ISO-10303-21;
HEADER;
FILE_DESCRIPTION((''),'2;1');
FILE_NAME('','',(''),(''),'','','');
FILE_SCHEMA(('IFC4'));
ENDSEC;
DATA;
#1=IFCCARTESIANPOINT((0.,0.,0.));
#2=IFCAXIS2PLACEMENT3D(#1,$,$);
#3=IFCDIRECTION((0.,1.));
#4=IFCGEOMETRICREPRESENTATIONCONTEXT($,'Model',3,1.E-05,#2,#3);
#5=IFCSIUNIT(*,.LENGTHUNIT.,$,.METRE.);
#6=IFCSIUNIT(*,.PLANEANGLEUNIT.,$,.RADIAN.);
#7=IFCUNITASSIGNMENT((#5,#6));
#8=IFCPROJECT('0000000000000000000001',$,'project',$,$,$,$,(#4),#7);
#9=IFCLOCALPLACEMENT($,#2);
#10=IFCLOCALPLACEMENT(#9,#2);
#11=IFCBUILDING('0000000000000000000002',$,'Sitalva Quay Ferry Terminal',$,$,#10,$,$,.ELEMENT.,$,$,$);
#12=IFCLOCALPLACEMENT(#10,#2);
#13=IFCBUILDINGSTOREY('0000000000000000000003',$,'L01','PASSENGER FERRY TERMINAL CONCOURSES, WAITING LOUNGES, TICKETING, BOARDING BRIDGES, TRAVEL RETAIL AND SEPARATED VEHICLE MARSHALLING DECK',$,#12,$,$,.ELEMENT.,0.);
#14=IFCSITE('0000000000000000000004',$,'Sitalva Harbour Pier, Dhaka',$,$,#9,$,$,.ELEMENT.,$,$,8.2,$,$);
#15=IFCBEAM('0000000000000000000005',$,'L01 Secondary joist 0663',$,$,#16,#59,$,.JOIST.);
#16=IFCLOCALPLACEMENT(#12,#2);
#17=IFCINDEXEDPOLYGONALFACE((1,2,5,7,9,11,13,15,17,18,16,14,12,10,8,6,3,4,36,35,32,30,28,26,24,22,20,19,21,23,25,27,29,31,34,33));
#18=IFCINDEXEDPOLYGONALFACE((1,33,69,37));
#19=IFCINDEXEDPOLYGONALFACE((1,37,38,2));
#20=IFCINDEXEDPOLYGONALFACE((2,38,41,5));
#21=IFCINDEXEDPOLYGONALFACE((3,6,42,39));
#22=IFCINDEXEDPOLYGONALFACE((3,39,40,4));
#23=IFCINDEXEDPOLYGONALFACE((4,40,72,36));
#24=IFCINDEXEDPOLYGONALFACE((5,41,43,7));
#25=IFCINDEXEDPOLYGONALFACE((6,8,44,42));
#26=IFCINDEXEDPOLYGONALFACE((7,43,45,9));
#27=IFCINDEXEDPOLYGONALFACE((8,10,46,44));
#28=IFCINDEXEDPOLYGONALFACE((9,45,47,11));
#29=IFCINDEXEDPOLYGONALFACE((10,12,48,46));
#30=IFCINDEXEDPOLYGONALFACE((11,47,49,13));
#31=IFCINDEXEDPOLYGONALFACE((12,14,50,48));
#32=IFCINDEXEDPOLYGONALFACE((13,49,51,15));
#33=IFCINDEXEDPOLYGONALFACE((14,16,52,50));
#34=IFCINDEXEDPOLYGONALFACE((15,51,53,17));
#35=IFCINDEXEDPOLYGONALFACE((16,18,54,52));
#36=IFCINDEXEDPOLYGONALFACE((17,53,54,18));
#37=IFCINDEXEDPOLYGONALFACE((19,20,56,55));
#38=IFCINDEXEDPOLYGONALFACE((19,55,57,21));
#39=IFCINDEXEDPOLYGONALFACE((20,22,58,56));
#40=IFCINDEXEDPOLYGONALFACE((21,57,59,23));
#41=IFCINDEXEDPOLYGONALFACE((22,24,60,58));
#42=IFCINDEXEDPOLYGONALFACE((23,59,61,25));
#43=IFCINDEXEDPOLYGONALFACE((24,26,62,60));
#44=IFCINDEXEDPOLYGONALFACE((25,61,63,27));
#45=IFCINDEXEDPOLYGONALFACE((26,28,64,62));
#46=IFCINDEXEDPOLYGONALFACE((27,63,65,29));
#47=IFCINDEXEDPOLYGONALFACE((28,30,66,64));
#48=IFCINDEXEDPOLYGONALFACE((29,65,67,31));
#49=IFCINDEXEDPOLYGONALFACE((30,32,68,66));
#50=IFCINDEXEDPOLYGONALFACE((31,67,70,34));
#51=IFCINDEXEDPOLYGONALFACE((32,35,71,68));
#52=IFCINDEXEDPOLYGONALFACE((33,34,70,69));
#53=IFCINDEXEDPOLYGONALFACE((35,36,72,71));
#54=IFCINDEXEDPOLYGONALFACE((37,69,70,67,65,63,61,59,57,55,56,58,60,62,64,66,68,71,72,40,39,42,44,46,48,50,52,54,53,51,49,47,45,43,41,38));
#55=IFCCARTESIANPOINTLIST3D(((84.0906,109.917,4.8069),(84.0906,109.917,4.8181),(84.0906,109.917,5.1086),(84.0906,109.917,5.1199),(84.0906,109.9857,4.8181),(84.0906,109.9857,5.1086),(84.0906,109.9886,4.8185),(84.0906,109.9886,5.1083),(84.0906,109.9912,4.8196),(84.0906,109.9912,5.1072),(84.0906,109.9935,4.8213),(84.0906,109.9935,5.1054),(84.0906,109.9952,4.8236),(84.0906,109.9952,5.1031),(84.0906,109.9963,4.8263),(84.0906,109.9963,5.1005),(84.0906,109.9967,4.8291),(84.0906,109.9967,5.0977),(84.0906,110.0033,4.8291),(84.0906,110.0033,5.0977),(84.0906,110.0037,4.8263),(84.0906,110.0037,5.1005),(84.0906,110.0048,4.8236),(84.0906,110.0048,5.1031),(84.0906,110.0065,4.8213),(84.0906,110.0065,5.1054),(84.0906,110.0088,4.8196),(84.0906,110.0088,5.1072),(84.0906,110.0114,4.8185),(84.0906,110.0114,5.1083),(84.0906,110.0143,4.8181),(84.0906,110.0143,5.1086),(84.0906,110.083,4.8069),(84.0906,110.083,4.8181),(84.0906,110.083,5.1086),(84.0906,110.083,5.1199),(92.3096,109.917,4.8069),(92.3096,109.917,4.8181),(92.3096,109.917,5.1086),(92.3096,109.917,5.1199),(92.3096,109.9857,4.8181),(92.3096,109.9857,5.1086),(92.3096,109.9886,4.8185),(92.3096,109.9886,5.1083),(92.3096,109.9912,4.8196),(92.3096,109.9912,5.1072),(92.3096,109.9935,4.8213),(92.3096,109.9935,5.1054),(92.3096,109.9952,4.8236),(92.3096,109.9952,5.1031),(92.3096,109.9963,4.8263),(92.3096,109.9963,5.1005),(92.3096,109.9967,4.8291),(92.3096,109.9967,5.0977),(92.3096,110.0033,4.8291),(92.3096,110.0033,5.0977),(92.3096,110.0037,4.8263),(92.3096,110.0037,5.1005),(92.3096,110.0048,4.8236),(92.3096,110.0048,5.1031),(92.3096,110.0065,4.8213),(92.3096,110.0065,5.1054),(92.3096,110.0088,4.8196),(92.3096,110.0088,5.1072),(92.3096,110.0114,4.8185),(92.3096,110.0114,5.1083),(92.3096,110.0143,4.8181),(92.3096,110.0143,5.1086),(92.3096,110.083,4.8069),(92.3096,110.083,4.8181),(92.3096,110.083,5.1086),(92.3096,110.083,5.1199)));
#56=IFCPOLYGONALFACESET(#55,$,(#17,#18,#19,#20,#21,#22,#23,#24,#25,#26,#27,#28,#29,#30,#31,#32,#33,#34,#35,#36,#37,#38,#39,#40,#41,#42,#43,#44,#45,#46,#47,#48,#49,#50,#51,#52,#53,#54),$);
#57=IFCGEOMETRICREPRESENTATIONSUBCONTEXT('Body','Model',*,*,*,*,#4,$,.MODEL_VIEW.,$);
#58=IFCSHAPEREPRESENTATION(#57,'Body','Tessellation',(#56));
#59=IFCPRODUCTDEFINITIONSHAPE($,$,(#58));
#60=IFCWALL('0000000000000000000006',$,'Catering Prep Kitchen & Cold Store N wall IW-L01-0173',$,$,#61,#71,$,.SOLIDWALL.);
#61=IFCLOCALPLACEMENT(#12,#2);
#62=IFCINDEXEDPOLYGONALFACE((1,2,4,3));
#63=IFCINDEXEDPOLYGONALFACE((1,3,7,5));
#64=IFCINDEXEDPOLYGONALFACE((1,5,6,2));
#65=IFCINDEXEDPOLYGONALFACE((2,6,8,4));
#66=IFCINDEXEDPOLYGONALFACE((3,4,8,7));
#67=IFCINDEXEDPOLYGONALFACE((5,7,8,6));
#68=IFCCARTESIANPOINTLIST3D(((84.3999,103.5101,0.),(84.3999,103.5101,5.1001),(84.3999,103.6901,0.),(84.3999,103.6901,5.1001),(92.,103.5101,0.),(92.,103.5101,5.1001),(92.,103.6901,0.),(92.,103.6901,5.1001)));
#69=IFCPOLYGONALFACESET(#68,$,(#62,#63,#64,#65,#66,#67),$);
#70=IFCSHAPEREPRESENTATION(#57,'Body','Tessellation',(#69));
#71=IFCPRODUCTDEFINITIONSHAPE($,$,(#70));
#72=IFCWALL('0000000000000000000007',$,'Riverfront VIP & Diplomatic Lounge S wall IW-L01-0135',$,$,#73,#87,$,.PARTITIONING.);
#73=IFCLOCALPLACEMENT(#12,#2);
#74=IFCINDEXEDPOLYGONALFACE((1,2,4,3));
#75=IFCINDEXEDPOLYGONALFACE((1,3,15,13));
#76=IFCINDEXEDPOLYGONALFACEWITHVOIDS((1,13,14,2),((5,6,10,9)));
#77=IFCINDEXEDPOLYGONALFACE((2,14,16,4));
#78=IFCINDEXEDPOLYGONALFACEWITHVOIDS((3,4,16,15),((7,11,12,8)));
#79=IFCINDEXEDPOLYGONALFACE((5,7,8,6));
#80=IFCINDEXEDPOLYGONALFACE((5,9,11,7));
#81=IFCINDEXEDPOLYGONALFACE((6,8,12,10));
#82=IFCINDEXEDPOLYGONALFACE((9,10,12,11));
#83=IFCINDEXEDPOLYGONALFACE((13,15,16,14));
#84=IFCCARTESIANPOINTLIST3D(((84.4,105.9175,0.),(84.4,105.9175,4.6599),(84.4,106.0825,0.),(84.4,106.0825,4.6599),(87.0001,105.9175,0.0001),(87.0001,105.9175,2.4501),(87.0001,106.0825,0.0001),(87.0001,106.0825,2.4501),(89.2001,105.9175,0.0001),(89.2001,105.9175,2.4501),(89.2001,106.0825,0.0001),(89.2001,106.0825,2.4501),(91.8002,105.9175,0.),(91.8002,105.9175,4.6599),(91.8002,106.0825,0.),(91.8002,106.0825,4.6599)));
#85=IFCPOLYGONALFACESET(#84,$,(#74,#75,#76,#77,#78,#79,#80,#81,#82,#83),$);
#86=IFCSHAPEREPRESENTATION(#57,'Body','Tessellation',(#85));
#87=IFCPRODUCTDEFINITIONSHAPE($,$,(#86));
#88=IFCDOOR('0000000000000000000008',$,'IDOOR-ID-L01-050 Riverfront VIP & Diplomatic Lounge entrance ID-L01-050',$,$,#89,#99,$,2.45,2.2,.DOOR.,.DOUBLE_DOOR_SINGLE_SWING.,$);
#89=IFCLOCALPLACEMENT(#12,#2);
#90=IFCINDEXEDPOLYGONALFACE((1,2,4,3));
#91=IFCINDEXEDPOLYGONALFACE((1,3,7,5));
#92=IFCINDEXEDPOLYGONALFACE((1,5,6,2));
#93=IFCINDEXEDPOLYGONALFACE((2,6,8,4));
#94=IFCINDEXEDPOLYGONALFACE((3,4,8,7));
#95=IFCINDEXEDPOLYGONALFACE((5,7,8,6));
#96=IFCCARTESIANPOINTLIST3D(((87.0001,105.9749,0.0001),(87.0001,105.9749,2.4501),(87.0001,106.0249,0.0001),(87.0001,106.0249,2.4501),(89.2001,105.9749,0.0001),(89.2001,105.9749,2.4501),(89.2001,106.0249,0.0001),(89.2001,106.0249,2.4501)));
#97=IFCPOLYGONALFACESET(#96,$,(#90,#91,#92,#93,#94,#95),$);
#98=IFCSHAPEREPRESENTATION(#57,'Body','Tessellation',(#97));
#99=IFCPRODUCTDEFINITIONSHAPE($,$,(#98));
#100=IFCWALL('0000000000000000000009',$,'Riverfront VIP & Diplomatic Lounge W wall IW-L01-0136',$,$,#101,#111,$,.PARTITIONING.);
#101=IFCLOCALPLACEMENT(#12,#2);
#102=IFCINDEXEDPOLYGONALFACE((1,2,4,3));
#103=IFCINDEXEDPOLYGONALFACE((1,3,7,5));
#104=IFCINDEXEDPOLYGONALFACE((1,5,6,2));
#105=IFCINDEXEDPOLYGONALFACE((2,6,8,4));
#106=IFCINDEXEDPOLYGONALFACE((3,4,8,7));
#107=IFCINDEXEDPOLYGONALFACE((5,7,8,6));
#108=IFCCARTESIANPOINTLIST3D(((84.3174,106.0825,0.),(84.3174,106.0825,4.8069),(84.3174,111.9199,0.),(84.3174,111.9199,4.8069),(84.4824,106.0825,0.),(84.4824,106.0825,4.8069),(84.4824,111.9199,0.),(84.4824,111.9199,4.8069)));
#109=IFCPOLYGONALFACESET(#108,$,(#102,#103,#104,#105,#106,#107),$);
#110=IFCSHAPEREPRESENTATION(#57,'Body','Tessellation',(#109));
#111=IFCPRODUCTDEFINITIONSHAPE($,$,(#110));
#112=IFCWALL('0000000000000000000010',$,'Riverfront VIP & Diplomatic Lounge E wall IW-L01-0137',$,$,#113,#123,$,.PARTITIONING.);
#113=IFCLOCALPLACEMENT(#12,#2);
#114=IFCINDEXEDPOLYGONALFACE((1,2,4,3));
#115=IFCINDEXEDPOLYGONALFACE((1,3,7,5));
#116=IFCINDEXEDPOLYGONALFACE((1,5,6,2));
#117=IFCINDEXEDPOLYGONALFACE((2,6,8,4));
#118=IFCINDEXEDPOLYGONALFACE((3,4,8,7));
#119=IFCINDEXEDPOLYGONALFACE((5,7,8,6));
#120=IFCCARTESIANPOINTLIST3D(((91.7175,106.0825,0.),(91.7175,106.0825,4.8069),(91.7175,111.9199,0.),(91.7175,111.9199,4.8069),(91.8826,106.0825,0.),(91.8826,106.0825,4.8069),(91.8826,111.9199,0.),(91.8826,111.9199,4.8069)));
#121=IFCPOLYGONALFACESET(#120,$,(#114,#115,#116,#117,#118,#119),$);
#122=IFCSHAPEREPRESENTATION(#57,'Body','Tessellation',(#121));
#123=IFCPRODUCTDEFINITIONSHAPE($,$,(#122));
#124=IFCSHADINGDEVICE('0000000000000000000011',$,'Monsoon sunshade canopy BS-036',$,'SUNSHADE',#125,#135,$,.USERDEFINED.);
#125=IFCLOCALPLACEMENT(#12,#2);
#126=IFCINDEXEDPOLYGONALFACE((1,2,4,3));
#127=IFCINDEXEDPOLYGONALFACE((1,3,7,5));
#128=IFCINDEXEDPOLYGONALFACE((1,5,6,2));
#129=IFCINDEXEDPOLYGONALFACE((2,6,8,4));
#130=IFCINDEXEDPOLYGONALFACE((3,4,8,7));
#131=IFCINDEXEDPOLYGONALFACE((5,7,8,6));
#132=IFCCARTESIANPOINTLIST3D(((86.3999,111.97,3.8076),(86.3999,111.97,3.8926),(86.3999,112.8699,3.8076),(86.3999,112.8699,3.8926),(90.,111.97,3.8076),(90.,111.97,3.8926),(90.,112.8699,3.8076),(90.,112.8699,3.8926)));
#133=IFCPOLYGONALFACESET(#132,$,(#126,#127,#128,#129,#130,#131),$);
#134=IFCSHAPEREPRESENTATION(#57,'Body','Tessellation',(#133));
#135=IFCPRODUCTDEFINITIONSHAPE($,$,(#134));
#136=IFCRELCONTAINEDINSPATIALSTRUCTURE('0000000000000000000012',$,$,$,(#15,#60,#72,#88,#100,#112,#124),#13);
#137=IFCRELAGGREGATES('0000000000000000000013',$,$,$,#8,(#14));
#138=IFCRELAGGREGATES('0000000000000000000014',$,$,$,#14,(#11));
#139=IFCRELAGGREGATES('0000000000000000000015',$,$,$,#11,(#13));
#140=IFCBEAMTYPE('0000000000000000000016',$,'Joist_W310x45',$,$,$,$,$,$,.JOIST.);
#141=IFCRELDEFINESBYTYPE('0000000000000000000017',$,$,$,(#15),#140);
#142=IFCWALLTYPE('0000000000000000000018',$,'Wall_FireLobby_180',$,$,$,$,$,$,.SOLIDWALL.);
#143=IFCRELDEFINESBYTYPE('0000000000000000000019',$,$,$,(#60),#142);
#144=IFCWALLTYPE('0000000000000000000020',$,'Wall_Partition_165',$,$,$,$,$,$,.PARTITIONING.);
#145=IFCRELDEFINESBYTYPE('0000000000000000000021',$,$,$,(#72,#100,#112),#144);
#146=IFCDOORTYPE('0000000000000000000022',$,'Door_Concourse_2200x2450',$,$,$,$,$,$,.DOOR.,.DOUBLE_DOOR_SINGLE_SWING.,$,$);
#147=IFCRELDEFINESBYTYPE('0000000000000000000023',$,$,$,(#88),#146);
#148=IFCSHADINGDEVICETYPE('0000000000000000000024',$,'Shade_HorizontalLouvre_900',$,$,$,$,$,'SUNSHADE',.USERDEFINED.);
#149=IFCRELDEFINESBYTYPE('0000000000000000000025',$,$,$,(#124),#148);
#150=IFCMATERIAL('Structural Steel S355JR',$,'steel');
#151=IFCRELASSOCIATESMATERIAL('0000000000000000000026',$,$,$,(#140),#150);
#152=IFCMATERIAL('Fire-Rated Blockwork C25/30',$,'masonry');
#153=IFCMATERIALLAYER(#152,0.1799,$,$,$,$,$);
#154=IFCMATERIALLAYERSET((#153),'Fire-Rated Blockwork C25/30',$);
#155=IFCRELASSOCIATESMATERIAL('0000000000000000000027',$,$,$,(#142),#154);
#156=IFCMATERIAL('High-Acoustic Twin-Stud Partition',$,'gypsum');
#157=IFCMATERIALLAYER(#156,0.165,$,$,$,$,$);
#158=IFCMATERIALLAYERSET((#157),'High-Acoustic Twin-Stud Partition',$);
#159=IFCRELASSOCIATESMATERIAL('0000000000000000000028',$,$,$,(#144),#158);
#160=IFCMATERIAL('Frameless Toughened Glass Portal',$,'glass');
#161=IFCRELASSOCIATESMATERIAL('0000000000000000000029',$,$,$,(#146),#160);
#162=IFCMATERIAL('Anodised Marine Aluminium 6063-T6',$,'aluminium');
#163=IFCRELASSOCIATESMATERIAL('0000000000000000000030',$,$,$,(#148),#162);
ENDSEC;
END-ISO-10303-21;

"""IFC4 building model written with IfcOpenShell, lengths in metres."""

from ifc_helpers import new_model, si_unit, direction, frame, frame_2d, origin, origin_2d, place, context, subcontext, project, spatial, rectangle, i_section, extrude, material, layer, layer_set, material_profile, profile_set, type_object, element, fill, save


model = new_model("IFC4")

# Units and contexts
model_context = context("Model", 3, precision=1e-05, world=origin(), true_north=direction((0.0, 1.0)))
body_context = subcontext(model_context, "Body", "Model", "MODEL_VIEW")
ifc_project = project(units=[si_unit("LENGTHUNIT", "METRE"), si_unit("PLANEANGLEUNIT", "RADIAN")], contexts=[model_context])

# Site, building, storey
site_placement = place(None, origin())
site = spatial("IfcSite", under=ifc_project, at=site_placement, Name="Sitalva Harbour Pier, Dhaka", CompositionType="ELEMENT", RefElevation=8.2)
building_placement = place(site_placement, origin())
building = spatial("IfcBuilding", under=site, at=building_placement, Name="Sitalva Quay Ferry Terminal", CompositionType="ELEMENT")
storey_placement = place(building_placement, origin())
storey = spatial("IfcBuildingStorey", under=building, at=storey_placement, Name="L01", Description="PASSENGER FERRY TERMINAL CONCOURSES, WAITING LOUNGES, TICKETING, BOARDING BRIDGES, TRAVEL RETAIL AND SEPARATED VEHICLE MARSHALLING DECK", CompositionType="ELEMENT", Elevation=0.0)

# Beam
ifc_material_1 = material(Name="Structural Steel S355JR", Category="steel")
ifc_material_profile_1 = material_profile(ifc_material_1, i_section(OverallWidth=0.166, OverallDepth=0.313, WebThickness=0.0066, FlangeThickness=0.0112, FilletRadius=0.011, at=origin_2d()), Name="W310x45")
ifc_profile_set_1 = profile_set([ifc_material_profile_1], Name="Structural Steel S355JR")
beam_type_1 = type_object("IfcBeamType", Name="Joist_W310x45", PredefinedType="JOIST", material=ifc_profile_set_1)
for number, where, z_axis, x_axis, name in (
    (1, (84.0906, 110.0, 4.9634), (1.0, 0.0, 0.0), (0.0, 1.0, 0.0), "L01 Secondary joist 0663"),
):
    element("IfcBeam", number, at=place(storey_placement, frame(where, z_axis=z_axis, x_axis=x_axis)), inside=storey, type_object=beam_type_1, Name=name, PredefinedType="JOIST", context=body_context, shape_type="SweptSolid", body=[
        extrude(i_section(OverallWidth=0.166, OverallDepth=0.313, WebThickness=0.0066, FlangeThickness=0.0112, FilletRadius=0.011, at=origin_2d()), origin(), (0.0, 0.0, 1.0), 8.219),
    ])

# Wall
ifc_material_2 = material(Name="Fire-Rated Blockwork C25/30", Category="masonry")
ifc_layer_1 = layer(ifc_material_2, 0.1799)
ifc_layer_set_1 = layer_set([ifc_layer_1], Name="Fire-Rated Blockwork C25/30")
wall_type_1 = type_object("IfcWallType", Name="Wall_FireLobby_180", PredefinedType="SOLIDWALL", material=ifc_layer_set_1)
wall_1_placement = place(storey_placement, frame((84.3999, 103.6001, 0.0), z_axis=(0.0, 0.0, 1.0), x_axis=(1.0, 0.0, 0.0)))
element("IfcWall", 2, at=wall_1_placement, inside=storey, type_object=wall_type_1, Name="Catering Prep Kitchen & Cold Store N wall IW-L01-0173", PredefinedType="SOLIDWALL", context=body_context, shape_type="SweptSolid", body=[
    extrude(rectangle(XDim=7.6001, YDim=0.1799, at=frame_2d((3.8, 0.0))), origin(), (0.0, 0.0, 1.0), 5.1001),
])

# Wall, opening, door
ifc_material_3 = material(Name="High-Acoustic Twin-Stud Partition", Category="gypsum")
ifc_layer_2 = layer(ifc_material_3, 0.165)
ifc_layer_set_2 = layer_set([ifc_layer_2], Name="High-Acoustic Twin-Stud Partition")
wall_type_2 = type_object("IfcWallType", Name="Wall_Partition_165", PredefinedType="PARTITIONING", material=ifc_layer_set_2)
wall_2_placement = place(storey_placement, frame((84.3999, 106.0, 0.0), z_axis=(0.0, 0.0, 1.0), x_axis=(1.0, 0.0, 0.0)))
wall_2 = element("IfcWall", 3, at=wall_2_placement, inside=storey, type_object=wall_type_2, Name="Riverfront VIP & Diplomatic Lounge S wall IW-L01-0135", PredefinedType="PARTITIONING", context=body_context, shape_type="SweptSolid", body=[
    extrude(rectangle(XDim=7.4001, YDim=0.165, at=frame_2d((3.7002, 0.0))), origin(), (0.0, 0.0, 1.0), 4.6599),
])
opening_1_placement = place(wall_2_placement, frame((2.6001, 0.0, 0.0)))
opening_1 = element("IfcOpeningElement", 4, at=opening_1_placement, cuts=wall_2, PredefinedType="OPENING", context=body_context, shape_type="SweptSolid", body=[
    extrude(rectangle(XDim=2.2, YDim=2.45, at=frame_2d((1.1001, 1.2251))), frame((0.0, 0.0925, 0.0), z_axis=(0.0, -1.0, 0.0), x_axis=(1.0, 0.0, 0.0)), (0.0, 0.0, 1.0), 0.1851),
])
ifc_material_4 = material(Name="Frameless Toughened Glass Portal", Category="glass")
door_type_1 = type_object("IfcDoorType", Name="Door_Concourse_2200x2450", OperationType="DOUBLE_DOOR_SINGLE_SWING", PredefinedType="DOOR", material=ifc_material_4)
door_1_placement = place(opening_1_placement, origin())
door_1 = element("IfcDoor", 5, at=door_1_placement, inside=storey, type_object=door_type_1, Name="IDOOR-ID-L01-050 Riverfront VIP & Diplomatic Lounge entrance ID-L01-050", OperationType="DOUBLE_DOOR_SINGLE_SWING", OverallHeight=2.45, OverallWidth=2.2, PredefinedType="DOOR", context=body_context, shape_type="SweptSolid", body=[
    extrude(rectangle(XDim=2.2, YDim=2.45, at=frame_2d((1.1001, 1.2251))), frame((0.0, 0.0249, 0.0), z_axis=(0.0, -1.0, 0.0), x_axis=(1.0, 0.0, 0.0)), (0.0, 0.0, 1.0), 0.05),
])
fill(opening_1, door_1)

# Walls
for number, where, z_axis, x_axis, name in (
    (6, (84.3999, 106.0825, 0.0), (0.0, 0.0, 1.0), (0.0, 1.0, 0.0), "Riverfront VIP & Diplomatic Lounge W wall IW-L01-0136"),
    (7, (91.8, 106.0825, 0.0), (0.0, 0.0, 1.0), (0.0, 1.0, 0.0), "Riverfront VIP & Diplomatic Lounge E wall IW-L01-0137"),
):
    element("IfcWall", number, at=place(storey_placement, frame(where, z_axis=z_axis, x_axis=x_axis)), inside=storey, type_object=wall_type_2, Name=name, PredefinedType="PARTITIONING", context=body_context, shape_type="SweptSolid", body=[
        extrude(rectangle(XDim=5.8374, YDim=0.165, at=frame_2d((2.9187, 0.0))), origin(), (0.0, 0.0, 1.0), 4.8069),
    ])

# Shading device
ifc_material_5 = material(Name="Anodised Marine Aluminium 6063-T6", Category="aluminium")
shading_device_type = type_object("IfcShadingDeviceType", Name="Shade_HorizontalLouvre_900", ElementType="SUNSHADE", PredefinedType="USERDEFINED", material=ifc_material_5)
shading_device_placement = place(storey_placement, frame((88.2, 112.4199, 3.8076), z_axis=(0.0, 0.0, 1.0), x_axis=(1.0, 0.0, 0.0)))
element("IfcShadingDevice", 8, at=shading_device_placement, inside=storey, type_object=shading_device_type, Name="Monsoon sunshade canopy BS-036", ObjectType="SUNSHADE", PredefinedType="USERDEFINED", context=body_context, shape_type="SweptSolid", body=[
    extrude(rectangle(XDim=3.6001, YDim=0.8999, at=origin_2d()), origin(), (0.0, 0.0, 1.0), 0.085),
])

save(model, "model.ifc")
